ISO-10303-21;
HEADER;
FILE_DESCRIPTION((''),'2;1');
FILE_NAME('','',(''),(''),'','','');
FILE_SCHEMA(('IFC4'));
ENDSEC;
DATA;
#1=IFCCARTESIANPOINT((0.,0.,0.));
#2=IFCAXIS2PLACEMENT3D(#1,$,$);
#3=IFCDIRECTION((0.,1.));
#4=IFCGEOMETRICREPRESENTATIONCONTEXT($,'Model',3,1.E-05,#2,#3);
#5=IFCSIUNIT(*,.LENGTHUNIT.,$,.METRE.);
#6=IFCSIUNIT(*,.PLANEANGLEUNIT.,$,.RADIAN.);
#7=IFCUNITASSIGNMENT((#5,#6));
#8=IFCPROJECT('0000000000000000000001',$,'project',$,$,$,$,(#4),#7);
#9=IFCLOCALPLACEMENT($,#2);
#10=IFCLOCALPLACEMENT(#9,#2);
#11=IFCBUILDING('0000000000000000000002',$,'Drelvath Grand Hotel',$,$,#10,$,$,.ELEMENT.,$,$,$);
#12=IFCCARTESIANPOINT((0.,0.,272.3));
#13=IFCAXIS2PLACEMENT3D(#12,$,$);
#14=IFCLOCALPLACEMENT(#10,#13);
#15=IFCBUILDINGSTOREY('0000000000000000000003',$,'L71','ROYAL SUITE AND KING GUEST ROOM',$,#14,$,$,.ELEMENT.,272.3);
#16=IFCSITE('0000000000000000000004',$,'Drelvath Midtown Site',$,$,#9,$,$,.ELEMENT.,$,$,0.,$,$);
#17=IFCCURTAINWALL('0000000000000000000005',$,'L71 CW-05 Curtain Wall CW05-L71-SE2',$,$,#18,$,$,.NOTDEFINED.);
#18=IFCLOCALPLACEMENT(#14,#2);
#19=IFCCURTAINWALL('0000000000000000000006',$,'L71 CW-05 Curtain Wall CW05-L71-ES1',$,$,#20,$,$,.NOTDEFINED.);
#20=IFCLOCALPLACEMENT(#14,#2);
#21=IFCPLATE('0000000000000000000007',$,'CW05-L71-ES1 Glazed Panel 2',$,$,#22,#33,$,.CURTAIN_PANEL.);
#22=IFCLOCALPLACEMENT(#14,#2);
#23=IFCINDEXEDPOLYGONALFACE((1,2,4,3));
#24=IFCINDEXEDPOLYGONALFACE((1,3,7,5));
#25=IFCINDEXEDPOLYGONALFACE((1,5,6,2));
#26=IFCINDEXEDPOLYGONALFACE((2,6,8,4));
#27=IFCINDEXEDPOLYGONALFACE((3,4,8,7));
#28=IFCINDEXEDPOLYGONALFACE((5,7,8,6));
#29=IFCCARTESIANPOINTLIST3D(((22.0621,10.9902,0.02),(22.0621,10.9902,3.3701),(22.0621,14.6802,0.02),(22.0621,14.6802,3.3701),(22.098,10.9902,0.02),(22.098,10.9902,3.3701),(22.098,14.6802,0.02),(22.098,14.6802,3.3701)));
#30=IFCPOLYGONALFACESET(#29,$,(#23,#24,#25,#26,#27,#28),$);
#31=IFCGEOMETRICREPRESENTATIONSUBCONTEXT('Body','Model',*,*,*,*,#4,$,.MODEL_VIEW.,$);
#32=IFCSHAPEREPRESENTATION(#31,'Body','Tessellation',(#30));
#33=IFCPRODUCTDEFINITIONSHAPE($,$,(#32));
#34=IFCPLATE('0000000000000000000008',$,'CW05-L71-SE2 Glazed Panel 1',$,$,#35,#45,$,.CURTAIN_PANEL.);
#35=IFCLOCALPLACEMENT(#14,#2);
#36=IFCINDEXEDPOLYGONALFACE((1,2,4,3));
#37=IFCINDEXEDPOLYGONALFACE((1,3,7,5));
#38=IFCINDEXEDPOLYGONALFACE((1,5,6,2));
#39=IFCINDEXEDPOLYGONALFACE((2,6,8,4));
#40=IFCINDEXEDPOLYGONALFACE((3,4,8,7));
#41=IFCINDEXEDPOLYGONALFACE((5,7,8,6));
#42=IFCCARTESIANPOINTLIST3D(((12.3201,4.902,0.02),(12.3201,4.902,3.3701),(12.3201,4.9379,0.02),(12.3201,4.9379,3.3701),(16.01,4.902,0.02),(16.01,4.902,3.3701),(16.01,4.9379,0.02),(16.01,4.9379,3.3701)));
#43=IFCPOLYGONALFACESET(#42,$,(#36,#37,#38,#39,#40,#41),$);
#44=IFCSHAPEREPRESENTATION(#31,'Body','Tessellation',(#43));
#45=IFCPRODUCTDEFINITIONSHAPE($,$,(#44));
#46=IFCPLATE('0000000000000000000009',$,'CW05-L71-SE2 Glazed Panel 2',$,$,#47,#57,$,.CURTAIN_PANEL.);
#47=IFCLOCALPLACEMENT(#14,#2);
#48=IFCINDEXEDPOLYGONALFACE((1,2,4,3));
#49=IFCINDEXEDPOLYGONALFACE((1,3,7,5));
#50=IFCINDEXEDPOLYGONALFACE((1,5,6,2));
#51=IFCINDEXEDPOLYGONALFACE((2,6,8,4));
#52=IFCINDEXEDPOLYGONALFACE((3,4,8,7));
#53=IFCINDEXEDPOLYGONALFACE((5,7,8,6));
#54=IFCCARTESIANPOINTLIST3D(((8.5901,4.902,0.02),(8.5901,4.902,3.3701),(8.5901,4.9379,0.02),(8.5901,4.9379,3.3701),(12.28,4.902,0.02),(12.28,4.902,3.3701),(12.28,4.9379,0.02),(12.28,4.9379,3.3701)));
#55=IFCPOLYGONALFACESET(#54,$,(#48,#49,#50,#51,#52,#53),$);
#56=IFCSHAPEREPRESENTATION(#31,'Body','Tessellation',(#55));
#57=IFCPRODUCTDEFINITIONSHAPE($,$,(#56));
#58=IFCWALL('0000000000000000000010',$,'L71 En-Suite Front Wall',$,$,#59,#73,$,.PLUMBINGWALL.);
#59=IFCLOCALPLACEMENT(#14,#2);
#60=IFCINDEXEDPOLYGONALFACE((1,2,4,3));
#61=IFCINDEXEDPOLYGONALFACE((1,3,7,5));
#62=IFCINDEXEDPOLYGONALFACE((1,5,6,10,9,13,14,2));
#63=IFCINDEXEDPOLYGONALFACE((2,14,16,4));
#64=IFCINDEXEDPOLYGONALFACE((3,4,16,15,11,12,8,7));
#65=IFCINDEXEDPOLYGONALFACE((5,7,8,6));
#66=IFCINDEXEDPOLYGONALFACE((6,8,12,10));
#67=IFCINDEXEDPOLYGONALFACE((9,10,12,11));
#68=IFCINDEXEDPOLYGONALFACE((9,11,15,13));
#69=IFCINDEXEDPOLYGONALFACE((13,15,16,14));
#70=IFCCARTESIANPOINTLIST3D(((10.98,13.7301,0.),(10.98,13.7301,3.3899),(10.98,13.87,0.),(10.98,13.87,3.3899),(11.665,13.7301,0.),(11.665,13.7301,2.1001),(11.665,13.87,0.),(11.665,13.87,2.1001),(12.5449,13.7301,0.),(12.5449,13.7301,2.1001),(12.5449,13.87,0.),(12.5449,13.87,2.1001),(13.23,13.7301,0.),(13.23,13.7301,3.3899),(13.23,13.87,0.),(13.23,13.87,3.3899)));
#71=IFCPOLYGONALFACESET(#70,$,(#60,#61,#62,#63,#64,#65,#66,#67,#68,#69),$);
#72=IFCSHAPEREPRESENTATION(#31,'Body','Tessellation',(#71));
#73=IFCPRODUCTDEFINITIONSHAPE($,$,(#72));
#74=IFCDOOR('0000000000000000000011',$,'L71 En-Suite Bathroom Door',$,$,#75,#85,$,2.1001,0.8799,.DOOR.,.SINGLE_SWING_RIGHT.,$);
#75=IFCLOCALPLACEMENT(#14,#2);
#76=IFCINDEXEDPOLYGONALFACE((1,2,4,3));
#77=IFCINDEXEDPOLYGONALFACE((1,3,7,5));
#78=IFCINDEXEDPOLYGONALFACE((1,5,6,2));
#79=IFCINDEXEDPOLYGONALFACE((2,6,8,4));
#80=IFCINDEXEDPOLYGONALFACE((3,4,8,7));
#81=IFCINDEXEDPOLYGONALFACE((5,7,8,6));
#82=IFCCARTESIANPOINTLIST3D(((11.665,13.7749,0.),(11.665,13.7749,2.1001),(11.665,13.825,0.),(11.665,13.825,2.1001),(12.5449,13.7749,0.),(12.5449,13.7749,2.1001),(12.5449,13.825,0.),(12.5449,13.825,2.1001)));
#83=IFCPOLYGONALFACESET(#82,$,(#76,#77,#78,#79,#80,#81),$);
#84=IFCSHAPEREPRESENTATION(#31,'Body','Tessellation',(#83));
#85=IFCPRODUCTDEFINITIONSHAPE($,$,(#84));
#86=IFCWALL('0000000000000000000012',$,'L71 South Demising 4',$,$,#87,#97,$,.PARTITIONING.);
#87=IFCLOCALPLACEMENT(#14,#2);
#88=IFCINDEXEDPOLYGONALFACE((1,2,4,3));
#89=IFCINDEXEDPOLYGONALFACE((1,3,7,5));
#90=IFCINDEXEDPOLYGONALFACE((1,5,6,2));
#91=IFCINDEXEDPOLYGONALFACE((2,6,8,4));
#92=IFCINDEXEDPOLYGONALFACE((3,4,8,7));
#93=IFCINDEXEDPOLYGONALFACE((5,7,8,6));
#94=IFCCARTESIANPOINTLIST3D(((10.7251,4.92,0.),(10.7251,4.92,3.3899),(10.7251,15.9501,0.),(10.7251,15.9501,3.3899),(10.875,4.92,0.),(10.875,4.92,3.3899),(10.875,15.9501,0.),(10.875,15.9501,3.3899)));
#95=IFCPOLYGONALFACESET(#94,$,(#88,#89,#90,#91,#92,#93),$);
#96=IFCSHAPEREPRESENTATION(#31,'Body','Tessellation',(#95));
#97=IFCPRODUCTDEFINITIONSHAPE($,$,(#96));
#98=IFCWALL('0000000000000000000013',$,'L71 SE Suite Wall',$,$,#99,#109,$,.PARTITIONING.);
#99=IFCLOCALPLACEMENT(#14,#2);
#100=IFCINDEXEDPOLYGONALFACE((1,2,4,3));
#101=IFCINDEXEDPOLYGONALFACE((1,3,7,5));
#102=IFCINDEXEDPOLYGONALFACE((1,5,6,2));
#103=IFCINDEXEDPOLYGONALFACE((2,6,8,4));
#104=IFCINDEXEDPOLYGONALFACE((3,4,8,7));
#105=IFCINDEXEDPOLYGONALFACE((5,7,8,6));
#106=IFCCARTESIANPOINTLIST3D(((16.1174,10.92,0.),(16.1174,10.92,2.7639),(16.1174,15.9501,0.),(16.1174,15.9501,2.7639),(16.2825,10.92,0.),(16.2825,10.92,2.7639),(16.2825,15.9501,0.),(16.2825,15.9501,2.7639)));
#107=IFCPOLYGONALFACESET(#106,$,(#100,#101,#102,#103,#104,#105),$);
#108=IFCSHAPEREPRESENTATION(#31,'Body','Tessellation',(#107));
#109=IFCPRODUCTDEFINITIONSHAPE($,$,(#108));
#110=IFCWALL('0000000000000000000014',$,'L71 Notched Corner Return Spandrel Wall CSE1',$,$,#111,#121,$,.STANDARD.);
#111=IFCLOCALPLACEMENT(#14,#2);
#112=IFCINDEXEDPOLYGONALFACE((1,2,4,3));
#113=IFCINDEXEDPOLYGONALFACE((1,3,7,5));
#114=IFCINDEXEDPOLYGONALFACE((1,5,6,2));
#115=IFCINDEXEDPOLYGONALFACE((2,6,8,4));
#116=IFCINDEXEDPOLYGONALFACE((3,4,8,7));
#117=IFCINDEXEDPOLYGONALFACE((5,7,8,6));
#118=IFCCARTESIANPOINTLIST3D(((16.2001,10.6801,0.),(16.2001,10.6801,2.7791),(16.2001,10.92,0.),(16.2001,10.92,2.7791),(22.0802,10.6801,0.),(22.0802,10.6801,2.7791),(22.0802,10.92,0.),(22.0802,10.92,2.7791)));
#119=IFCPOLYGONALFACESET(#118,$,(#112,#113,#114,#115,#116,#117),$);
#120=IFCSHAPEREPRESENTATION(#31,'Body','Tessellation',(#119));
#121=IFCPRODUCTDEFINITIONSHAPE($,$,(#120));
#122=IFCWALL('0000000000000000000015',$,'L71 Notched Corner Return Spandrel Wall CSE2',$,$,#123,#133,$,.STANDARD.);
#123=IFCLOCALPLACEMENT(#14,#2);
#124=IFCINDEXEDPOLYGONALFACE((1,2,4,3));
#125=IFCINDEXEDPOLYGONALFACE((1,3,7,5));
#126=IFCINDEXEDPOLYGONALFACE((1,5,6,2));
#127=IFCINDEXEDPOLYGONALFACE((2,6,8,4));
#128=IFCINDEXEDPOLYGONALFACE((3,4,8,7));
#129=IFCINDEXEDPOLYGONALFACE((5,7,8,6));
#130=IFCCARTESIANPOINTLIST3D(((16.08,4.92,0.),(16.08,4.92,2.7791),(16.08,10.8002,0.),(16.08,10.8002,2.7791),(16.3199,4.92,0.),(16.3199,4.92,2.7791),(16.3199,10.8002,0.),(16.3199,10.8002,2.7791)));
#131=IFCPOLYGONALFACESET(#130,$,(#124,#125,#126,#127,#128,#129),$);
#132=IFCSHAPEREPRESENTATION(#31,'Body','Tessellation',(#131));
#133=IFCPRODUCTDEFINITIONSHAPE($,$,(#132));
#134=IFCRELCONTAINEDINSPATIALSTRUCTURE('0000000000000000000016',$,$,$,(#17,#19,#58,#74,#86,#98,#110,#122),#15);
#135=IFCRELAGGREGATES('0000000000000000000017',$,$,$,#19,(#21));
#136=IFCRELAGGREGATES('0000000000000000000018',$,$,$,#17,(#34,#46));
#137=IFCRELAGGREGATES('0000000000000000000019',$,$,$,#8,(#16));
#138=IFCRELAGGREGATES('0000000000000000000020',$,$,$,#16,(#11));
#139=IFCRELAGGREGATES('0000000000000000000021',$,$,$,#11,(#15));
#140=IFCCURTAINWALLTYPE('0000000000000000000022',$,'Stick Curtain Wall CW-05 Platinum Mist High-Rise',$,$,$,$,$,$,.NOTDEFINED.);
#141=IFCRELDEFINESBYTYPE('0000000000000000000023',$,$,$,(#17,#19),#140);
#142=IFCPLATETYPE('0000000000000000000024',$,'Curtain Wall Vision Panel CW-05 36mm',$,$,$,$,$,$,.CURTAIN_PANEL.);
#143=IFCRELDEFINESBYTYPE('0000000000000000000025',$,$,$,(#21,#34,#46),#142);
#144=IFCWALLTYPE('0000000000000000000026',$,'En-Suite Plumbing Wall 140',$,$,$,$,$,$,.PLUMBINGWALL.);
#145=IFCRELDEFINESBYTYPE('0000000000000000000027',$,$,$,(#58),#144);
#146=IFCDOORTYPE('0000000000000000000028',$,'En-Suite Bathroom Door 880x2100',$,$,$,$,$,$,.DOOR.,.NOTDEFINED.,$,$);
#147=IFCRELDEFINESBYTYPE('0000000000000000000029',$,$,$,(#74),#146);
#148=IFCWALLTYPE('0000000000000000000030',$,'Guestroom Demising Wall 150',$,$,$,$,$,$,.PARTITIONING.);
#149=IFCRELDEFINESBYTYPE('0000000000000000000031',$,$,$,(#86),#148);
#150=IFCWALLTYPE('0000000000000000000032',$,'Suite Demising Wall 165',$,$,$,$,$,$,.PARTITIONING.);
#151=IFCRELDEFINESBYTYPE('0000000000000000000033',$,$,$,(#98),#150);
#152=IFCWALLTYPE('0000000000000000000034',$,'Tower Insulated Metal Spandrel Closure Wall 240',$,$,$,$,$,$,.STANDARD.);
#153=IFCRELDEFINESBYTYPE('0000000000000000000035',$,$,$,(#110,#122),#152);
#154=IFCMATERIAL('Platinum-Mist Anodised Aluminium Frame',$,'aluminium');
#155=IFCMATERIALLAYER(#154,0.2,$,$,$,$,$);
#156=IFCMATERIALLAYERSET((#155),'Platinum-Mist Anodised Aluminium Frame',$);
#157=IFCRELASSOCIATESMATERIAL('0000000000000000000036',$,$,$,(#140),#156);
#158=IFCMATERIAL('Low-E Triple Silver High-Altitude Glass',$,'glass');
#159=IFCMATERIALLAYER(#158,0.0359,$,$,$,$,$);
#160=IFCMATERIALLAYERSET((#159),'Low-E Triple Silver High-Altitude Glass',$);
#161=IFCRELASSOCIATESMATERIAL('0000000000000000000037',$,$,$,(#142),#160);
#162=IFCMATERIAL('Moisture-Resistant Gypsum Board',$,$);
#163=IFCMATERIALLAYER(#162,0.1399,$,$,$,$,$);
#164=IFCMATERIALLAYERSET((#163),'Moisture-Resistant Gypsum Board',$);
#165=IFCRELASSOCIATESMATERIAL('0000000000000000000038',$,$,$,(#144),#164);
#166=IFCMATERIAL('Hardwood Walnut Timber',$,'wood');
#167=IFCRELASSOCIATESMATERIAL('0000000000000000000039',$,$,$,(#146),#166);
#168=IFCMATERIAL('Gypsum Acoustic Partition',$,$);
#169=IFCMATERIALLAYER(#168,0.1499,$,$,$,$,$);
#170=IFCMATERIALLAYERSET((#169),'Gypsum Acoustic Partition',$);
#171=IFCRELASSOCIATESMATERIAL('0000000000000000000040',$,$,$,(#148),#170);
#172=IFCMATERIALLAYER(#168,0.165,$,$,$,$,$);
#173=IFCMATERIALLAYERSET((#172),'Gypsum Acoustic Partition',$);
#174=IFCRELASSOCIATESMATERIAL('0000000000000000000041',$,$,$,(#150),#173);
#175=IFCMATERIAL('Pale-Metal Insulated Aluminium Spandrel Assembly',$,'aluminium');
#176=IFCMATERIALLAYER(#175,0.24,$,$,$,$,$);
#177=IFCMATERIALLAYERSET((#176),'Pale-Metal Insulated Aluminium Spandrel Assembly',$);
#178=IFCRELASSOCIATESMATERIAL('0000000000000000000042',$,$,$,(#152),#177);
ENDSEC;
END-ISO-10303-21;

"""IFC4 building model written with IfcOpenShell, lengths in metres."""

from ifc_helpers import new_model, si_unit, direction, frame, frame_2d, origin, origin_2d, place, context, subcontext, project, spatial, rectangle, extrude, material, layer, layer_set, type_object, element, fill, aggregate, save


model = new_model("IFC4")

# Units and contexts
model_context = context("Model", 3, precision=1e-05, world=origin(), true_north=direction((0.0, 1.0)))
body_context = subcontext(model_context, "Body", "Model", "MODEL_VIEW")
ifc_project = project(units=[si_unit("LENGTHUNIT", "METRE"), si_unit("PLANEANGLEUNIT", "RADIAN")], contexts=[model_context])

# Site, building, storey
site_placement = place(None, origin())
site = spatial("IfcSite", under=ifc_project, at=site_placement, Name="Drelvath Midtown Site", CompositionType="ELEMENT", RefElevation=0.0)
building_placement = place(site_placement, origin())
building = spatial("IfcBuilding", under=site, at=building_placement, Name="Drelvath Grand Hotel", CompositionType="ELEMENT")
storey_placement = place(building_placement, frame((0.0, 0.0, 272.3)))
storey = spatial("IfcBuildingStorey", under=building, at=storey_placement, Name="L71", Description="ROYAL SUITE AND KING GUEST ROOM", CompositionType="ELEMENT", Elevation=272.3)

# Curtain walls
ifc_material_1 = material(Name="Platinum-Mist Anodised Aluminium Frame", Category="aluminium")
ifc_layer_1 = layer(ifc_material_1, 0.2)
ifc_layer_set_1 = layer_set([ifc_layer_1], Name="Platinum-Mist Anodised Aluminium Frame")
curtain_wall_type = type_object("IfcCurtainWallType", Name="Stick Curtain Wall CW-05 Platinum Mist High-Rise", PredefinedType="NOTDEFINED", material=ifc_layer_set_1)
curtain_wall_1_placement = place(storey_placement, origin())
curtain_wall_1 = element("IfcCurtainWall", 1, at=curtain_wall_1_placement, inside=storey, type_object=curtain_wall_type, Name="L71 CW-05 Curtain Wall CW05-L71-SE2", PredefinedType="NOTDEFINED")
curtain_wall_2_placement = place(storey_placement, origin())
curtain_wall_2 = element("IfcCurtainWall", 2, at=curtain_wall_2_placement, inside=storey, type_object=curtain_wall_type, Name="L71 CW-05 Curtain Wall CW05-L71-ES1", PredefinedType="NOTDEFINED")

# Plates
ifc_material_2 = material(Name="Low-E Triple Silver High-Altitude Glass", Category="glass")
ifc_layer_2 = layer(ifc_material_2, 0.0359)
ifc_layer_set_2 = layer_set([ifc_layer_2], Name="Low-E Triple Silver High-Altitude Glass")
plate_type = type_object("IfcPlateType", Name="Curtain Wall Vision Panel CW-05 36mm", PredefinedType="CURTAIN_PANEL", material=ifc_layer_set_2)
plate_1_placement = place(storey_placement, frame((22.0801, 12.8352, 0.02), z_axis=(0.0, 0.0, 1.0), x_axis=(0.0, -1.0, 0.0)))
plate_1 = element("IfcPlate", 3, at=plate_1_placement, type_object=plate_type, Name="CW05-L71-ES1 Glazed Panel 2", PredefinedType="CURTAIN_PANEL", context=body_context, shape_type="SweptSolid", body=[
    extrude(rectangle(XDim=3.6899, YDim=0.0359, at=origin_2d()), origin(), (0.0, 0.0, 1.0), 3.3501),
])
aggregate(curtain_wall_2, [plate_1])
plate_2_placement = place(storey_placement, frame((14.165, 4.9199, 0.02), z_axis=(0.0, 0.0, 1.0), x_axis=(-1.0, 0.0, 0.0)))
plate_2 = element("IfcPlate", 4, at=plate_2_placement, type_object=plate_type, Name="CW05-L71-SE2 Glazed Panel 1", PredefinedType="CURTAIN_PANEL", context=body_context, shape_type="SweptSolid", body=[
    extrude(rectangle(XDim=3.6899, YDim=0.0359, at=origin_2d()), origin(), (0.0, 0.0, 1.0), 3.3501),
])
plate_3_placement = place(storey_placement, frame((10.4351, 4.9199, 0.02), z_axis=(0.0, 0.0, 1.0), x_axis=(-1.0, 0.0, 0.0)))
plate_3 = element("IfcPlate", 5, at=plate_3_placement, type_object=plate_type, Name="CW05-L71-SE2 Glazed Panel 2", PredefinedType="CURTAIN_PANEL", context=body_context, shape_type="SweptSolid", body=[
    extrude(rectangle(XDim=3.6899, YDim=0.0359, at=origin_2d()), origin(), (0.0, 0.0, 1.0), 3.3501),
])
aggregate(curtain_wall_1, [plate_2, plate_3])

# Wall, opening, door
ifc_material_3 = material(Name="Moisture-Resistant Gypsum Board")
ifc_layer_3 = layer(ifc_material_3, 0.1399)
ifc_layer_set_3 = layer_set([ifc_layer_3], Name="Moisture-Resistant Gypsum Board")
wall_type_1 = type_object("IfcWallType", Name="En-Suite Plumbing Wall 140", PredefinedType="PLUMBINGWALL", material=ifc_layer_set_3)
wall_1_placement = place(storey_placement, frame((10.98, 13.8, 0.0), z_axis=(0.0, 0.0, 1.0), x_axis=(1.0, 0.0, 0.0)))
wall_1 = element("IfcWall", 6, at=wall_1_placement, inside=storey, type_object=wall_type_1, Name="L71 En-Suite Front Wall", PredefinedType="PLUMBINGWALL", context=body_context, shape_type="SweptSolid", body=[
    extrude(rectangle(XDim=2.25, YDim=0.1399, at=frame_2d((1.125, 0.0))), origin(), (0.0, 0.0, 1.0), 3.3899),
])
opening_placement = place(wall_1_placement, frame((0.6851, 0.0, 0.0)))
opening = element("IfcOpeningElement", 7, at=opening_placement, cuts=wall_1, PredefinedType="OPENING", context=body_context, shape_type="SweptSolid", body=[
    extrude(rectangle(XDim=0.8799, YDim=2.1001, at=frame_2d((0.4399, 1.05))), frame((0.0, 0.0798, 0.0), z_axis=(0.0, -1.0, 0.0), x_axis=(1.0, 0.0, 0.0)), (0.0, 0.0, 1.0), 0.1599),
])
ifc_material_4 = material(Name="Hardwood Walnut Timber", Category="wood")
door_type = type_object("IfcDoorType", Name="En-Suite Bathroom Door 880x2100", OperationType="NOTDEFINED", PredefinedType="DOOR", material=ifc_material_4)
door_placement = place(opening_placement, origin())
door = element("IfcDoor", 8, at=door_placement, inside=storey, type_object=door_type, Name="L71 En-Suite Bathroom Door", OperationType="SINGLE_SWING_RIGHT", OverallHeight=2.1001, OverallWidth=0.8799, PredefinedType="DOOR", context=body_context, shape_type="SweptSolid", body=[
    extrude(rectangle(XDim=0.8799, YDim=2.1001, at=frame_2d((0.4399, 1.05))), frame((0.0, 0.0249, 0.0), z_axis=(0.0, -1.0, 0.0), x_axis=(1.0, 0.0, 0.0)), (0.0, 0.0, 1.0), 0.05),
])
fill(opening, door)

# Walls
ifc_material_5 = material(Name="Gypsum Acoustic Partition")
ifc_layer_4 = layer(ifc_material_5, 0.1499)
ifc_layer_set_4 = layer_set([ifc_layer_4], Name="Gypsum Acoustic Partition")
wall_type_2 = type_object("IfcWallType", Name="Guestroom Demising Wall 150", PredefinedType="PARTITIONING", material=ifc_layer_set_4)
wall_2_placement = place(storey_placement, frame((10.8, 4.9199, 0.0), z_axis=(0.0, 0.0, 1.0), x_axis=(0.0, 1.0, 0.0)))
element("IfcWall", 9, at=wall_2_placement, inside=storey, type_object=wall_type_2, Name="L71 South Demising 4", PredefinedType="PARTITIONING", context=body_context, shape_type="SweptSolid", body=[
    extrude(rectangle(XDim=11.03, YDim=0.1499, at=frame_2d((5.5151, 0.0))), origin(), (0.0, 0.0, 1.0), 3.3899),
])
ifc_layer_5 = layer(ifc_material_5, 0.165)
ifc_layer_set_5 = layer_set([ifc_layer_5], Name="Gypsum Acoustic Partition")
wall_type_3 = type_object("IfcWallType", Name="Suite Demising Wall 165", PredefinedType="PARTITIONING", material=ifc_layer_set_5)
wall_3_placement = place(storey_placement, frame((16.2, 10.9199, 0.0), z_axis=(0.0, 0.0, 1.0), x_axis=(0.0, 1.0, 0.0)))
element("IfcWall", 10, at=wall_3_placement, inside=storey, type_object=wall_type_3, Name="L71 SE Suite Wall", PredefinedType="PARTITIONING", context=body_context, shape_type="SweptSolid", body=[
    extrude(rectangle(XDim=5.03, YDim=0.165, at=frame_2d((2.5151, 0.0))), origin(), (0.0, 0.0, 1.0), 2.7639),
])
ifc_material_6 = material(Name="Pale-Metal Insulated Aluminium Spandrel Assembly", Category="aluminium")
ifc_layer_6 = layer(ifc_material_6, 0.24)
ifc_layer_set_6 = layer_set([ifc_layer_6], Name="Pale-Metal Insulated Aluminium Spandrel Assembly")
wall_type_4 = type_object("IfcWallType", Name="Tower Insulated Metal Spandrel Closure Wall 240", PredefinedType="STANDARD", material=ifc_layer_set_6)
for number, where, z_axis, x_axis, name in (
    (11, (22.0801, 10.8, 0.0), (0.0, 0.0, 1.0), (-1.0, 0.0, 0.0), "L71 Notched Corner Return Spandrel Wall CSE1"),
    (12, (16.2, 10.8, 0.0), (0.0, 0.0, 1.0), (0.0, -1.0, 0.0), "L71 Notched Corner Return Spandrel Wall CSE2"),
):
    element("IfcWall", number, at=place(storey_placement, frame(where, z_axis=z_axis, x_axis=x_axis)), inside=storey, type_object=wall_type_4, Name=name, PredefinedType="STANDARD", context=body_context, shape_type="SweptSolid", body=[
        extrude(rectangle(XDim=5.8801, YDim=0.24, at=frame_2d((2.9399, 0.0))), origin(), (0.0, 0.0, 1.0), 2.7791),
    ])

save(model, "model.ifc")
